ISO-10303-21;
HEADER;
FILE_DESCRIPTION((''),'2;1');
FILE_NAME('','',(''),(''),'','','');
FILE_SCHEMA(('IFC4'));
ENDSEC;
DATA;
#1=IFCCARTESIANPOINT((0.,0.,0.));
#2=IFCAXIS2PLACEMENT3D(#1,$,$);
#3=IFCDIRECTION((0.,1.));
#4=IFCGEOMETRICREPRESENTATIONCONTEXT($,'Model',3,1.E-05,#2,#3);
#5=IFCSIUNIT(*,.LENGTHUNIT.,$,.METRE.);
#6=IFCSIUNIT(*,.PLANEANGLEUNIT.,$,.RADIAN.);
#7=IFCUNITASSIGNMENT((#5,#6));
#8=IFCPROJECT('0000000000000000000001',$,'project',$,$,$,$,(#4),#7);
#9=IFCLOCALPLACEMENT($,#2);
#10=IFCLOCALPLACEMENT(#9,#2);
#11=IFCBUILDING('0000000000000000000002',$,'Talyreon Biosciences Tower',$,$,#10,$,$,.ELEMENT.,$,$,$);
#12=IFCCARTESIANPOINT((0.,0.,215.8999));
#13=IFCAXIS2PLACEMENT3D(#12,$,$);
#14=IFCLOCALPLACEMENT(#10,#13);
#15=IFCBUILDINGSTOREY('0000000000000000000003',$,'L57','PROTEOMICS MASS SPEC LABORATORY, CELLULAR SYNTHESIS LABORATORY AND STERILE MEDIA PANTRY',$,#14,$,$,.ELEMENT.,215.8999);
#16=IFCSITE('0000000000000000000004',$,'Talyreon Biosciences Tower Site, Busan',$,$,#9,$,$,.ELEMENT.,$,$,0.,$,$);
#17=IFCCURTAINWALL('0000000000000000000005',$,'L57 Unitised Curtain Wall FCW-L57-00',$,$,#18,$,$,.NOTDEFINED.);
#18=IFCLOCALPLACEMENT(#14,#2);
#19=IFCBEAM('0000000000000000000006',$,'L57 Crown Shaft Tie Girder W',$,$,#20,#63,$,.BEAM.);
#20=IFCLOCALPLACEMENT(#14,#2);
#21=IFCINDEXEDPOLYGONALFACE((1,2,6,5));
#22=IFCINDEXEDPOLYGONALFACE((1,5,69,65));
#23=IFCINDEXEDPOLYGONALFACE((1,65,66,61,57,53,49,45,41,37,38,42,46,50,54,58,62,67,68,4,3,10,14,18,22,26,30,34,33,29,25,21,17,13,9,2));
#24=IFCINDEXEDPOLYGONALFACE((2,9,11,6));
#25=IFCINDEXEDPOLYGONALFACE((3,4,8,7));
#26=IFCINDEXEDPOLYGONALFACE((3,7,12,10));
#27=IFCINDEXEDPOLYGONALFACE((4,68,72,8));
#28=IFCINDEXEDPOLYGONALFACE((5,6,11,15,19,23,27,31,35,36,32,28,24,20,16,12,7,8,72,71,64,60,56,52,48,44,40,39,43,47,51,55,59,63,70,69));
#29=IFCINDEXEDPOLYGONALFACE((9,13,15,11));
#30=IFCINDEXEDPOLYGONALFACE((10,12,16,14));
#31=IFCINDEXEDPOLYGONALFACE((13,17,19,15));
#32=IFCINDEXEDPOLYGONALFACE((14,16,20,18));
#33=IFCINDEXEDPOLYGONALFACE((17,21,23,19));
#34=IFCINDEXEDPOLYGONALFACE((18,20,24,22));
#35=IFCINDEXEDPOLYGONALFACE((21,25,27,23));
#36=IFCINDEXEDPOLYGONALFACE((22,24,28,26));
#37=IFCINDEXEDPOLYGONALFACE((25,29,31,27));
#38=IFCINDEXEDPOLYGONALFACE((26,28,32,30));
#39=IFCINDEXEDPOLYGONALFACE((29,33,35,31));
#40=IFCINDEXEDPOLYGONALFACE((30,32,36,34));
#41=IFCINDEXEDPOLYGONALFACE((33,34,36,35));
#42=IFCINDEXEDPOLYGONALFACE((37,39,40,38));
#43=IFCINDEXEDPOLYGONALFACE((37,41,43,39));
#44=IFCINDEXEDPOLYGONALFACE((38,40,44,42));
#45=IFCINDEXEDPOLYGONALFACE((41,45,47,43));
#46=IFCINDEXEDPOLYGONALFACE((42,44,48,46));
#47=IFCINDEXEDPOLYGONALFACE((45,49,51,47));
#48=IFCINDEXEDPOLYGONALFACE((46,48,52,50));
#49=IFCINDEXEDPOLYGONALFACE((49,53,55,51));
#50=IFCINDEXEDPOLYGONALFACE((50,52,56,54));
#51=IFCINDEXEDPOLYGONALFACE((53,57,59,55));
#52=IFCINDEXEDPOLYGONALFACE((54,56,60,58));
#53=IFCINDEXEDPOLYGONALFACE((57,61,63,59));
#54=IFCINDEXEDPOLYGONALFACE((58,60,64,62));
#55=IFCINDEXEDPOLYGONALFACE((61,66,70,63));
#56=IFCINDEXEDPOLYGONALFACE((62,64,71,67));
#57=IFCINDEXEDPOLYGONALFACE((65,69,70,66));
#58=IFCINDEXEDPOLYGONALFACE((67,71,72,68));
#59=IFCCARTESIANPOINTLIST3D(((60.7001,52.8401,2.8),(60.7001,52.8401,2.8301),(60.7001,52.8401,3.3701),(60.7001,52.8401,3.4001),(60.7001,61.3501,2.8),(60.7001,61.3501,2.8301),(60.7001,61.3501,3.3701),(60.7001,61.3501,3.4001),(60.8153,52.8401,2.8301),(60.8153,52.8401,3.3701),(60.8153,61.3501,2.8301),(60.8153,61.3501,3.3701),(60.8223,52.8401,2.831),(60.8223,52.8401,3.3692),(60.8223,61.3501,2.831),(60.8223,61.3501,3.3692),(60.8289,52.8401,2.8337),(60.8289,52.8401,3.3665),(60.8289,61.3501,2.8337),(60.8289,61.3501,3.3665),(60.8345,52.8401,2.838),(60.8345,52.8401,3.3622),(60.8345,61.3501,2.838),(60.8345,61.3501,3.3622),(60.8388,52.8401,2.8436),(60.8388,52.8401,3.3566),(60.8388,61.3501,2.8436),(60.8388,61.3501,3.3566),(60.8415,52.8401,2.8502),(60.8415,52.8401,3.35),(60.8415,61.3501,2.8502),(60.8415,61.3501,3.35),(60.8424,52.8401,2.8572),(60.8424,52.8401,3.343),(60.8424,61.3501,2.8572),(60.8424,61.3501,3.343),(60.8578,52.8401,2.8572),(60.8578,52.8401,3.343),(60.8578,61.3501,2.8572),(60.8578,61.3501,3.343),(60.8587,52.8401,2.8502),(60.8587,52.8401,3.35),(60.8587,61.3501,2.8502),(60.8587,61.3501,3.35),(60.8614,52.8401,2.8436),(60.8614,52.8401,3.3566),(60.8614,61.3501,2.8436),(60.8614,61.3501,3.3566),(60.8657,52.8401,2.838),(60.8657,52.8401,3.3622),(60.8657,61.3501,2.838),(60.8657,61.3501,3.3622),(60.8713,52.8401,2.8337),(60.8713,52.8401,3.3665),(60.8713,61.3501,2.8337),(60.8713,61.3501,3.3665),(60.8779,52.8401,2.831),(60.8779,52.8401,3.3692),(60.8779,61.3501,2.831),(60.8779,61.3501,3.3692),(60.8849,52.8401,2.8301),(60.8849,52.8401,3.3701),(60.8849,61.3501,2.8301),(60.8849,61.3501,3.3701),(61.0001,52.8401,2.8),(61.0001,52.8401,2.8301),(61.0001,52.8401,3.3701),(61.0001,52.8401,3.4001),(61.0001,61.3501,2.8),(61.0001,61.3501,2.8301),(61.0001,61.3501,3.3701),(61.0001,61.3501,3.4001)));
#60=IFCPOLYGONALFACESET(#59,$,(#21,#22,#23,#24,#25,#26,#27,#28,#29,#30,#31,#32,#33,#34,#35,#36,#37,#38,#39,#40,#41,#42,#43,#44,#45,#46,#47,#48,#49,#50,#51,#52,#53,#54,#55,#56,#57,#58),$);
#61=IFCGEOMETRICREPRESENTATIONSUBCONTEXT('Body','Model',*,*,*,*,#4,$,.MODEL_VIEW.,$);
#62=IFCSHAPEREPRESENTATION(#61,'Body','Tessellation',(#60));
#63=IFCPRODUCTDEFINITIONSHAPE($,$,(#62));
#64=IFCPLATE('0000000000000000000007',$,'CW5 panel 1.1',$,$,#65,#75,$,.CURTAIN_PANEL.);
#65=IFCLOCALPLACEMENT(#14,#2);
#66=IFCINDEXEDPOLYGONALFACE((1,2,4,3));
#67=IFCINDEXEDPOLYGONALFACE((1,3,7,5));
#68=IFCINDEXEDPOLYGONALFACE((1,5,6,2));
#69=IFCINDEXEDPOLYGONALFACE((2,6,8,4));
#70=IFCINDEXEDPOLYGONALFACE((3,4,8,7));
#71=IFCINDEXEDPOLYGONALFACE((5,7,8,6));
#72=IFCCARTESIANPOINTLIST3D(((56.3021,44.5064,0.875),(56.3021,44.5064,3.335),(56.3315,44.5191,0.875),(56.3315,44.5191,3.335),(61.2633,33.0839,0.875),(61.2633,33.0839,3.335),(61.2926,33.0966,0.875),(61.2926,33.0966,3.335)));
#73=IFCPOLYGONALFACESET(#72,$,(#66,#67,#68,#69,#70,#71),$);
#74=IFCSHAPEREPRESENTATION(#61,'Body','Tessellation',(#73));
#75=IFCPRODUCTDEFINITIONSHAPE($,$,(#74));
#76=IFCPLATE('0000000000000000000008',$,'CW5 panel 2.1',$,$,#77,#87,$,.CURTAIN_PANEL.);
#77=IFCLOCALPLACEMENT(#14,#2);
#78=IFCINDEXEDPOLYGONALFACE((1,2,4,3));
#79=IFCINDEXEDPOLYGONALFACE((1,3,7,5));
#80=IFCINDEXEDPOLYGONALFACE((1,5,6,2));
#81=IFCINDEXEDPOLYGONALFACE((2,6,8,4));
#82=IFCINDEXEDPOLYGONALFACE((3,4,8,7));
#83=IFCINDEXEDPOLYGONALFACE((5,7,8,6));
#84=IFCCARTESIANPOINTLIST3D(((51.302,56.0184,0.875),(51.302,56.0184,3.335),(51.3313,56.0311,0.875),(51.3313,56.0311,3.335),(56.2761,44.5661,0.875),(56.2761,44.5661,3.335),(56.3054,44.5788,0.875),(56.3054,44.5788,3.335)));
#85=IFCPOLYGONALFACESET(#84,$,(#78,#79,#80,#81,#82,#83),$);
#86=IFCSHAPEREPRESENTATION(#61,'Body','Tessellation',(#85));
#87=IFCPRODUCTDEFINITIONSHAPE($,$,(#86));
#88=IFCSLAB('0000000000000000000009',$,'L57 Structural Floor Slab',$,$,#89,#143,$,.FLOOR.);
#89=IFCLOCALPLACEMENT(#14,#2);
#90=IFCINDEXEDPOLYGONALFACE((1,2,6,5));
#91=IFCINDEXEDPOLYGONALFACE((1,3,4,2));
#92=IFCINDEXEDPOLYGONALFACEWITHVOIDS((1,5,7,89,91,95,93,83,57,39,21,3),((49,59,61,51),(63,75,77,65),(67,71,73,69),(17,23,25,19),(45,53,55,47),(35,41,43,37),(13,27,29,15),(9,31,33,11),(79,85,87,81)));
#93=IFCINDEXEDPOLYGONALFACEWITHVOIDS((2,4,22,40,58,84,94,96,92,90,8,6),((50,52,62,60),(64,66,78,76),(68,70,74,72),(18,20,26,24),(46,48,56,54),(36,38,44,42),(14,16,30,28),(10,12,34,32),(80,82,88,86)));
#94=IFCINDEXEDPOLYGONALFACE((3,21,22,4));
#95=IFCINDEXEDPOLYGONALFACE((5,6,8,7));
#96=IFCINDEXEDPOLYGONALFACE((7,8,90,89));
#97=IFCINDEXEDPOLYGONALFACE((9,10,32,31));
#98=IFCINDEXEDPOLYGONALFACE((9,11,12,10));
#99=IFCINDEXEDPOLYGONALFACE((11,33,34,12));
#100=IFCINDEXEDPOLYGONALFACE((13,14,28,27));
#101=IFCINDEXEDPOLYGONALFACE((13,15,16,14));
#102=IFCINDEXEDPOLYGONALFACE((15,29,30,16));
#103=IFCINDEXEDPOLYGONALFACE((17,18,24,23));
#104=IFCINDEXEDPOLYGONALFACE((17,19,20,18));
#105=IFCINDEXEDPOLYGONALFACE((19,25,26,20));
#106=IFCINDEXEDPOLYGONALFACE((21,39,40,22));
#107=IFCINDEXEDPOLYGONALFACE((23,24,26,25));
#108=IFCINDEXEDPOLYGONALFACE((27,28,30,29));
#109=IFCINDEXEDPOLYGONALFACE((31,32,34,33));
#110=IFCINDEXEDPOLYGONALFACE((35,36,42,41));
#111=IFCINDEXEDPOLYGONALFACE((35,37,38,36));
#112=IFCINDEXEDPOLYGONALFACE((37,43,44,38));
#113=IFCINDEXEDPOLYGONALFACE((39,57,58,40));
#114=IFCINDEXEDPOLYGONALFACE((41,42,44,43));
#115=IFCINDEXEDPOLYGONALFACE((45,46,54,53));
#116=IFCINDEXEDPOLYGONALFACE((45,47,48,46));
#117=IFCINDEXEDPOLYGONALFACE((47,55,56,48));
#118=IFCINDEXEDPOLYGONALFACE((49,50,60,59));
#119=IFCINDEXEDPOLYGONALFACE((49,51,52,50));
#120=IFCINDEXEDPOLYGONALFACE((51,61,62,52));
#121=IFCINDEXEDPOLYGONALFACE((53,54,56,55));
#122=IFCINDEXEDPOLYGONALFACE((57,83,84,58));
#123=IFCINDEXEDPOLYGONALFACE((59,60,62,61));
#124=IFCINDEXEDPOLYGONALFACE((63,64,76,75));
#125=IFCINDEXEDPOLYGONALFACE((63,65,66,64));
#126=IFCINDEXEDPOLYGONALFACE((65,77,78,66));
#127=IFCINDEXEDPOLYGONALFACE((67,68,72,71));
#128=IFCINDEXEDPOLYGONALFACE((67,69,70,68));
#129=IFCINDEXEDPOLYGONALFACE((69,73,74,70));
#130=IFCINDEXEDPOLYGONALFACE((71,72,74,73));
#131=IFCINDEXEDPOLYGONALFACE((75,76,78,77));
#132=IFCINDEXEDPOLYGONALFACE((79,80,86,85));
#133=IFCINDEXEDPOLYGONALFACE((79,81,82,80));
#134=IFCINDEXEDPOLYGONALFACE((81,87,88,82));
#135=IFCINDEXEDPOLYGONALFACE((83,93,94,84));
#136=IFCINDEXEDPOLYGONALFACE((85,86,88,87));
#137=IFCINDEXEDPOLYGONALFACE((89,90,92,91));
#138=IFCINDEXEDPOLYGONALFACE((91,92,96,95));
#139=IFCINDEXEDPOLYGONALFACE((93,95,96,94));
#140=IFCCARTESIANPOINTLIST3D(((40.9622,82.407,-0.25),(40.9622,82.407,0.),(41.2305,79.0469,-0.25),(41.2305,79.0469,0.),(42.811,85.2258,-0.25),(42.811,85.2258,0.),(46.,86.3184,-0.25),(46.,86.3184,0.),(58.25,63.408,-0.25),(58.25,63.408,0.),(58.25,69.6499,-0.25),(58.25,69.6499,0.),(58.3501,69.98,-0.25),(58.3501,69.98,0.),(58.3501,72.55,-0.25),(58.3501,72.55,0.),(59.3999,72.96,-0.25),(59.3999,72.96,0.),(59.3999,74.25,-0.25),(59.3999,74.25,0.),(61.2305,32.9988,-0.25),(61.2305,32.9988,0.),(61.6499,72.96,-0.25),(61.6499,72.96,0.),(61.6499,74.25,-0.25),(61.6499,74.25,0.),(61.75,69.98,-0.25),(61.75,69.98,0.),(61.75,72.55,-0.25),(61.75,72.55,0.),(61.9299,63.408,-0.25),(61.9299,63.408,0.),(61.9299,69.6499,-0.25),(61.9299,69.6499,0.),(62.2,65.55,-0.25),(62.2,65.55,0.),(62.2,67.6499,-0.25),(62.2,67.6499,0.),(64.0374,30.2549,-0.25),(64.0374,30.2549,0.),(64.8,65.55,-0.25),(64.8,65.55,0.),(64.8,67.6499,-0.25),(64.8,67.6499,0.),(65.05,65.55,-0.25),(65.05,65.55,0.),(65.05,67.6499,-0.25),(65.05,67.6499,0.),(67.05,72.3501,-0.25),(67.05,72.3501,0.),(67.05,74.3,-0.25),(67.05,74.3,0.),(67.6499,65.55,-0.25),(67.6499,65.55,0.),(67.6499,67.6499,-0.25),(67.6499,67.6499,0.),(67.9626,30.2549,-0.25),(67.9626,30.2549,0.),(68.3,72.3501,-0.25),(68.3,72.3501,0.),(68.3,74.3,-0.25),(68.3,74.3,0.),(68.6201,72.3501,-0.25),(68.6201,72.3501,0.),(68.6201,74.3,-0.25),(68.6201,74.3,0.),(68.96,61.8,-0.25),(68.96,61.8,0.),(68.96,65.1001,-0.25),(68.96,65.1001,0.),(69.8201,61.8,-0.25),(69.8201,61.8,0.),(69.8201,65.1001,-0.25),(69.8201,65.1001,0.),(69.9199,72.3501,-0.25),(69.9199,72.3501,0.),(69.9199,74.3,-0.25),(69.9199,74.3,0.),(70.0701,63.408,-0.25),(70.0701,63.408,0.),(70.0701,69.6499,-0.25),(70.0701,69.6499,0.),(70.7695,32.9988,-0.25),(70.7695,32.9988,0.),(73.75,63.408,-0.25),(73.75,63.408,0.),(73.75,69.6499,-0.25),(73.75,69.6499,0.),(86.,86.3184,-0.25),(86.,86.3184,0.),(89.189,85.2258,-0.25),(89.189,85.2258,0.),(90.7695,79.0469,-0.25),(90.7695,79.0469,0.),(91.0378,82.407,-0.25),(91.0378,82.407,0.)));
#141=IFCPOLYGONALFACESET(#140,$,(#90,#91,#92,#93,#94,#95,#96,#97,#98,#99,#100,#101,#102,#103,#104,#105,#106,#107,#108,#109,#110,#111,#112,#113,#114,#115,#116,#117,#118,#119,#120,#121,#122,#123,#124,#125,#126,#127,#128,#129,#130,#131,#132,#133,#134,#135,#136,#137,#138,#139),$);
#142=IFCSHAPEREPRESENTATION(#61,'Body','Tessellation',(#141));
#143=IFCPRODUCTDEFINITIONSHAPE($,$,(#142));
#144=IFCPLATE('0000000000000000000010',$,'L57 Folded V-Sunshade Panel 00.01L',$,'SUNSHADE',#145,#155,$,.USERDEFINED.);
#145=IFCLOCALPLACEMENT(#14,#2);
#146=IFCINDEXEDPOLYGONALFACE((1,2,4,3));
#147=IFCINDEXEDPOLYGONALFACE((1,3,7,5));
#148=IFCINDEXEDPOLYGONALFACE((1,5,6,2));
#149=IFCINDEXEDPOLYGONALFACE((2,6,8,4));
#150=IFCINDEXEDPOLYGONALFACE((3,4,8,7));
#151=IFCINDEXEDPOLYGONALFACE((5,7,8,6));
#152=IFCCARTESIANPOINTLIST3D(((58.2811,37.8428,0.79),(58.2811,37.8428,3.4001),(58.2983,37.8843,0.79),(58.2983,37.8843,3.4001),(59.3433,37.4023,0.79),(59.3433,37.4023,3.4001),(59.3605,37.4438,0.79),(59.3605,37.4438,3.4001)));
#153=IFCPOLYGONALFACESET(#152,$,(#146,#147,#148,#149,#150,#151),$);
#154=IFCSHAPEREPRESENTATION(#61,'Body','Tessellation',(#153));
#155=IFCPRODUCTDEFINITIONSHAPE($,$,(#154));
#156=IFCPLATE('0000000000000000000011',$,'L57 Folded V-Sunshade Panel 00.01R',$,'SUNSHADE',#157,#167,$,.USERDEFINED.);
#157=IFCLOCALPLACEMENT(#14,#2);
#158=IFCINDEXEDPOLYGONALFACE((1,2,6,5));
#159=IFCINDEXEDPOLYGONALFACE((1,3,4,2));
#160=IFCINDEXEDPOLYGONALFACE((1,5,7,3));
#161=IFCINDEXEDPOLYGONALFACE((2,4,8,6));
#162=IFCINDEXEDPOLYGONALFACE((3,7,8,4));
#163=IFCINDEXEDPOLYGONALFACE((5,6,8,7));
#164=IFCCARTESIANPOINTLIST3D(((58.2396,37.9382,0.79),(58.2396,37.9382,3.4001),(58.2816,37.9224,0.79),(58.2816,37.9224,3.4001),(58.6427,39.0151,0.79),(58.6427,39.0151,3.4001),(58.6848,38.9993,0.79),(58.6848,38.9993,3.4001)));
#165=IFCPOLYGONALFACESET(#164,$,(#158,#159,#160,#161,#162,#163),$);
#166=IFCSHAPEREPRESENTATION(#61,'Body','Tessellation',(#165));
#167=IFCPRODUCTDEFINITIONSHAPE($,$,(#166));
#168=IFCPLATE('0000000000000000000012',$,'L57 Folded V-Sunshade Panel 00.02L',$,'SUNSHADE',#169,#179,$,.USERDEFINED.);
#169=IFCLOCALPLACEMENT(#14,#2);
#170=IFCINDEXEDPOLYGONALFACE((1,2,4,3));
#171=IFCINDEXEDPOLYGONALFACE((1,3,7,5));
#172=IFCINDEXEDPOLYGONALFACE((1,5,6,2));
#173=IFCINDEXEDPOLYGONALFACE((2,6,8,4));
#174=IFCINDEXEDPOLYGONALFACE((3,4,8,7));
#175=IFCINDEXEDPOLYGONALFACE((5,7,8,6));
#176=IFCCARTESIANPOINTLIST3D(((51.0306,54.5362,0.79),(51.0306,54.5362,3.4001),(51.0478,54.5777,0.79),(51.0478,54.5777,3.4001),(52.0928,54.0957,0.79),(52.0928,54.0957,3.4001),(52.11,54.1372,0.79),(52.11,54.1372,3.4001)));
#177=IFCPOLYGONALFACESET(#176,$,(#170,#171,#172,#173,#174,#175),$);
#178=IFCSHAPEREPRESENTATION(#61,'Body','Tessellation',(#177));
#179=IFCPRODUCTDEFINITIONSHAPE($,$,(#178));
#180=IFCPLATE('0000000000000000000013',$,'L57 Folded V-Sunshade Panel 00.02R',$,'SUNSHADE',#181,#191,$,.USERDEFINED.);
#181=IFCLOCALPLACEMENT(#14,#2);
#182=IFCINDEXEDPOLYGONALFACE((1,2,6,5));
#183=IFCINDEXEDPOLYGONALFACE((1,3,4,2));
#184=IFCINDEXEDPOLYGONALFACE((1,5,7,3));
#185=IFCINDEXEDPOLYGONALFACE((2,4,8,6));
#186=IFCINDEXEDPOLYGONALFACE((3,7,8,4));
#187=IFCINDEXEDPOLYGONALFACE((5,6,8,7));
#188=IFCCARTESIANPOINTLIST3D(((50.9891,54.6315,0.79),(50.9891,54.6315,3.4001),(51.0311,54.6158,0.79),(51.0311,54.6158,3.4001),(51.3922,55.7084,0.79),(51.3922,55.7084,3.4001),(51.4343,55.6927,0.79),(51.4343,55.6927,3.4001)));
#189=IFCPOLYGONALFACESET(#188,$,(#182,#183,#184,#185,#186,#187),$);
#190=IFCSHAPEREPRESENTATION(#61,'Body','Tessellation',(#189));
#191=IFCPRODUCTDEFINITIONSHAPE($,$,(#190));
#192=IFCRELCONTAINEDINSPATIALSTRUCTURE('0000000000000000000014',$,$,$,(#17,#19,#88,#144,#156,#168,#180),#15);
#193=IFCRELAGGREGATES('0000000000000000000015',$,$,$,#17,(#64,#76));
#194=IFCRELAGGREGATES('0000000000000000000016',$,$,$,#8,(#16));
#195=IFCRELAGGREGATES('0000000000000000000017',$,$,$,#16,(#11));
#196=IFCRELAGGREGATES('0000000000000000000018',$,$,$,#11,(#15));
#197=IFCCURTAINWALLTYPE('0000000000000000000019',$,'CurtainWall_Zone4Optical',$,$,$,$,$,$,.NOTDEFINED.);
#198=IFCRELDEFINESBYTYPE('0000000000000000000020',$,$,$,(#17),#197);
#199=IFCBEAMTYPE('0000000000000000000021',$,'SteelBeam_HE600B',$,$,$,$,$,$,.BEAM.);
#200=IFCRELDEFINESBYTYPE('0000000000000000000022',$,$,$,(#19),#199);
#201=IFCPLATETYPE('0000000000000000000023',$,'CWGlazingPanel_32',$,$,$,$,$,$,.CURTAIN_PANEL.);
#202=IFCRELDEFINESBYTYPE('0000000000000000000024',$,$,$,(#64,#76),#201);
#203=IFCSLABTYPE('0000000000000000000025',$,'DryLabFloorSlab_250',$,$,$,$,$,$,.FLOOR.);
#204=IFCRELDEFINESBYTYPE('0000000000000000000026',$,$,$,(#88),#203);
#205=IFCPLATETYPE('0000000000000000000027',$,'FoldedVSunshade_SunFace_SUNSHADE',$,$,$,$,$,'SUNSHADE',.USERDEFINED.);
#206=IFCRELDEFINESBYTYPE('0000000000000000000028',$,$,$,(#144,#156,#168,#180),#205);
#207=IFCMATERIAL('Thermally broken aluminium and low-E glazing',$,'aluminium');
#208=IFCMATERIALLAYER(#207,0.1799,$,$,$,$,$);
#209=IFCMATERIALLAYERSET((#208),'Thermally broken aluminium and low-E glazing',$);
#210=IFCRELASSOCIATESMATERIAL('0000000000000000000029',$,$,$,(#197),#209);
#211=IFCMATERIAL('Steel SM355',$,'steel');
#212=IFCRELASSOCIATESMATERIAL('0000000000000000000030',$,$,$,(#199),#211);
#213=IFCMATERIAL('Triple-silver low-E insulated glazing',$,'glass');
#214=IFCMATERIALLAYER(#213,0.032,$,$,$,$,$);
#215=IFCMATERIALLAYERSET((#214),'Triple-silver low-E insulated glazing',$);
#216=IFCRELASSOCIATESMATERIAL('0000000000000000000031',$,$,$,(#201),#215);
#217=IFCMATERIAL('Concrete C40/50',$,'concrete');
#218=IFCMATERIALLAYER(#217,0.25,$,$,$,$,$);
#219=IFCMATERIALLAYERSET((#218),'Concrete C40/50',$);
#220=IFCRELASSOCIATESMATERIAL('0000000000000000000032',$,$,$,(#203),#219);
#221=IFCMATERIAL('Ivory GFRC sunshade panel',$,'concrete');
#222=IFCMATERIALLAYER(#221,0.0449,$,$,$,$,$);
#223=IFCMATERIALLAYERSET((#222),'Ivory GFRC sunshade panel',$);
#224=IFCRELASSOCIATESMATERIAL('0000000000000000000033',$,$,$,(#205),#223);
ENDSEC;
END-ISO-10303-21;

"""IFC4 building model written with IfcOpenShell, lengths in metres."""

from ifc_helpers import new_model, si_unit, direction, frame, origin, origin_2d, place, context, subcontext, project, spatial, polyline, rectangle, i_section, outline, extrude, material, layer, layer_set, material_profile, profile_set, type_object, element, aggregate, save


model = new_model("IFC4")

# Units and contexts
model_context = context("Model", 3, precision=1e-05, world=origin(), true_north=direction((0.0, 1.0)))
body_context = subcontext(model_context, "Body", "Model", "MODEL_VIEW")
ifc_project = project(units=[si_unit("LENGTHUNIT", "METRE"), si_unit("PLANEANGLEUNIT", "RADIAN")], contexts=[model_context])

# Site, building, storey
site_placement = place(None, origin())
site = spatial("IfcSite", under=ifc_project, at=site_placement, Name="Talyreon Biosciences Tower Site, Busan", CompositionType="ELEMENT", RefElevation=0.0)
building_placement = place(site_placement, origin())
building = spatial("IfcBuilding", under=site, at=building_placement, Name="Talyreon Biosciences Tower", CompositionType="ELEMENT")
storey_placement = place(building_placement, frame((0.0, 0.0, 215.8999)))
storey = spatial("IfcBuildingStorey", under=building, at=storey_placement, Name="L57", Description="PROTEOMICS MASS SPEC LABORATORY, CELLULAR SYNTHESIS LABORATORY AND STERILE MEDIA PANTRY", CompositionType="ELEMENT", Elevation=215.8999)

# Curtain wall
ifc_material_1 = material(Name="Thermally broken aluminium and low-E glazing", Category="aluminium")
ifc_layer_1 = layer(ifc_material_1, 0.1799)
ifc_layer_set_1 = layer_set([ifc_layer_1], Name="Thermally broken aluminium and low-E glazing")
curtain_wall_type = type_object("IfcCurtainWallType", Name="CurtainWall_Zone4Optical", PredefinedType="NOTDEFINED", material=ifc_layer_set_1)
curtain_wall_placement = place(storey_placement, origin())
curtain_wall = element("IfcCurtainWall", 1, at=curtain_wall_placement, inside=storey, type_object=curtain_wall_type, Name="L57 Unitised Curtain Wall FCW-L57-00", PredefinedType="NOTDEFINED")

# Beam
ifc_material_2 = material(Name="Steel SM355", Category="steel")
ifc_material_profile_1 = material_profile(ifc_material_2, i_section(OverallWidth=0.3, OverallDepth=0.6001, WebThickness=0.0154, FlangeThickness=0.03, FilletRadius=0.0271, at=origin_2d()), Name="HE600B")
ifc_profile_set_1 = profile_set([ifc_material_profile_1], Name="Steel SM355")
beam_type_1 = type_object("IfcBeamType", Name="SteelBeam_HE600B", PredefinedType="BEAM", material=ifc_profile_set_1)
beam_1_placement = place(storey_placement, frame((60.8501, 52.8401, 3.1001), z_axis=(0.0, 1.0, 0.0), x_axis=(-1.0, 0.0, 0.0)))
element("IfcBeam", 2, at=beam_1_placement, inside=storey, type_object=beam_type_1, Name="L57 Crown Shaft Tie Girder W", PredefinedType="BEAM", context=body_context, shape_type="SweptSolid", body=[
    extrude(i_section(OverallWidth=0.3, OverallDepth=0.6001, WebThickness=0.0154, FlangeThickness=0.03, FilletRadius=0.0271, at=origin_2d()), origin(), (0.0, 0.0, 1.0), 8.51),
])

# Plates
ifc_material_3 = material(Name="Triple-silver low-E insulated glazing", Category="glass")
ifc_layer_2 = layer(ifc_material_3, 0.032)
ifc_layer_set_2 = layer_set([ifc_layer_2], Name="Triple-silver low-E insulated glazing")
plate_type_1 = type_object("IfcPlateType", Name="CWGlazingPanel_32", PredefinedType="CURTAIN_PANEL", material=ifc_layer_set_2)
plate_1_placement = place(storey_placement, frame((58.7974, 38.8015, 0.875), z_axis=(0.0, 0.0, 1.0), x_axis=(-0.398376, 0.917222, 0.0)))
plate_1 = element("IfcPlate", 3, at=plate_1_placement, type_object=plate_type_1, Name="CW5 panel 1.1", PredefinedType="CURTAIN_PANEL", context=body_context, shape_type="SweptSolid", body=[
    extrude(rectangle(XDim=12.4534, YDim=0.032, at=origin_2d()), origin(), (0.0, 0.0, 1.0), 2.46),
])
plate_2_placement = place(storey_placement, frame((53.8037, 50.2986, 0.875), z_axis=(0.0, 0.0, 1.0), x_axis=(-0.398376, 0.917222, 0.0)))
plate_2 = element("IfcPlate", 4, at=plate_2_placement, type_object=plate_type_1, Name="CW5 panel 2.1", PredefinedType="CURTAIN_PANEL", context=body_context, shape_type="SweptSolid", body=[
    extrude(rectangle(XDim=12.4858, YDim=0.032, at=origin_2d()), origin(), (0.0, 0.0, 1.0), 2.46),
])
aggregate(curtain_wall, [plate_1, plate_2])

# Slab
ifc_material_4 = material(Name="Concrete C40/50", Category="concrete")
ifc_layer_3 = layer(ifc_material_4, 0.25)
ifc_layer_set_3 = layer_set([ifc_layer_3], Name="Concrete C40/50")
slab_type_1 = type_object("IfcSlabType", Name="DryLabFloorSlab_250", PredefinedType="FLOOR", material=ifc_layer_set_3)
slab_1_placement = place(storey_placement, frame((0.0, 0.0, -0.25)))
element("IfcSlab", 5, at=slab_1_placement, inside=storey, type_object=slab_type_1, Name="L57 Structural Floor Slab", PredefinedType="FLOOR", context=body_context, shape_type="SweptSolid", body=[
    extrude(outline(polyline([(61.2305, 32.9988), (41.2305, 79.0469), (40.9622, 82.407), (42.811, 85.2258), (46.0, 86.3184), (86.0, 86.3184), (89.189, 85.2258), (91.0378, 82.407), (90.7695, 79.0469), (70.7695, 32.9988), (67.9626, 30.2549), (64.0374, 30.2549), (61.2305, 32.9988)]), holes=[polyline([(69.8201, 65.1001), (69.8201, 61.8), (68.96, 61.8), (68.96, 65.1001), (69.8201, 65.1001)]), polyline([(61.9299, 69.6499), (61.9299, 63.408), (58.25, 63.408), (58.25, 69.6499), (61.9299, 69.6499)]), polyline([(73.75, 69.6499), (73.75, 63.408), (70.0701, 63.408), (70.0701, 69.6499), (73.75, 69.6499)]), polyline([(64.8, 67.6499), (64.8, 65.55), (62.2, 65.55), (62.2, 67.6499), (64.8, 67.6499)]), polyline([(67.6499, 67.6499), (67.6499, 65.55), (65.05, 65.55), (65.05, 67.6499), (67.6499, 67.6499)]), polyline([(61.75, 72.55), (61.75, 69.98), (58.3501, 69.98), (58.3501, 72.55), (61.75, 72.55)]), polyline([(68.3, 74.3), (68.3, 72.3501), (67.05, 72.3501), (67.05, 74.3), (68.3, 74.3)]), polyline([(69.9199, 72.3501), (68.6201, 72.3501), (68.6201, 74.3), (69.9199, 74.3), (69.9199, 72.3501)]), polyline([(61.6499, 72.96), (59.3999, 72.96), (59.3999, 74.25), (61.6499, 74.25), (61.6499, 72.96)])]), origin(), (0.0, 0.0, 1.0), 0.25),
])

# Plates
ifc_material_5 = material(Name="Ivory GFRC sunshade panel", Category="concrete")
ifc_layer_4 = layer(ifc_material_5, 0.0449)
ifc_layer_set_4 = layer_set([ifc_layer_4], Name="Ivory GFRC sunshade panel")
plate_type_2 = type_object("IfcPlateType", Name="FoldedVSunshade_SunFace_SUNSHADE", ElementType="SUNSHADE", PredefinedType="USERDEFINED", material=ifc_layer_set_4)
for number, where, z_axis, x_axis, name in (
    (6, (58.8208, 37.6433, 0.79), (0.0, 0.0, 1.0), (-0.923726, 0.383054, 0.0), "L57 Folded V-Sunshade Panel 00.01L"),
    (7, (58.4622, 38.4688, 0.79), (0.0, 0.0, 1.0), (0.350583, 0.936532, 0.0), "L57 Folded V-Sunshade Panel 00.01R"),
    (8, (51.5703, 54.3367, 0.79), (0.0, 0.0, 1.0), (-0.923726, 0.383054, 0.0), "L57 Folded V-Sunshade Panel 00.02L"),
    (9, (51.2117, 55.1621, 0.79), (0.0, 0.0, 1.0), (0.350583, 0.936532, 0.0), "L57 Folded V-Sunshade Panel 00.02R"),
):
    element("IfcPlate", number, at=place(storey_placement, frame(where, z_axis=z_axis, x_axis=x_axis)), inside=storey, type_object=plate_type_2, Name=name, ObjectType="SUNSHADE", PredefinedType="USERDEFINED", context=body_context, shape_type="SweptSolid", body=[
        extrude(rectangle(XDim=1.1499, YDim=0.0449, at=origin_2d()), origin(), (0.0, 0.0, 1.0), 2.6101),
    ])

save(model, "model.ifc")
